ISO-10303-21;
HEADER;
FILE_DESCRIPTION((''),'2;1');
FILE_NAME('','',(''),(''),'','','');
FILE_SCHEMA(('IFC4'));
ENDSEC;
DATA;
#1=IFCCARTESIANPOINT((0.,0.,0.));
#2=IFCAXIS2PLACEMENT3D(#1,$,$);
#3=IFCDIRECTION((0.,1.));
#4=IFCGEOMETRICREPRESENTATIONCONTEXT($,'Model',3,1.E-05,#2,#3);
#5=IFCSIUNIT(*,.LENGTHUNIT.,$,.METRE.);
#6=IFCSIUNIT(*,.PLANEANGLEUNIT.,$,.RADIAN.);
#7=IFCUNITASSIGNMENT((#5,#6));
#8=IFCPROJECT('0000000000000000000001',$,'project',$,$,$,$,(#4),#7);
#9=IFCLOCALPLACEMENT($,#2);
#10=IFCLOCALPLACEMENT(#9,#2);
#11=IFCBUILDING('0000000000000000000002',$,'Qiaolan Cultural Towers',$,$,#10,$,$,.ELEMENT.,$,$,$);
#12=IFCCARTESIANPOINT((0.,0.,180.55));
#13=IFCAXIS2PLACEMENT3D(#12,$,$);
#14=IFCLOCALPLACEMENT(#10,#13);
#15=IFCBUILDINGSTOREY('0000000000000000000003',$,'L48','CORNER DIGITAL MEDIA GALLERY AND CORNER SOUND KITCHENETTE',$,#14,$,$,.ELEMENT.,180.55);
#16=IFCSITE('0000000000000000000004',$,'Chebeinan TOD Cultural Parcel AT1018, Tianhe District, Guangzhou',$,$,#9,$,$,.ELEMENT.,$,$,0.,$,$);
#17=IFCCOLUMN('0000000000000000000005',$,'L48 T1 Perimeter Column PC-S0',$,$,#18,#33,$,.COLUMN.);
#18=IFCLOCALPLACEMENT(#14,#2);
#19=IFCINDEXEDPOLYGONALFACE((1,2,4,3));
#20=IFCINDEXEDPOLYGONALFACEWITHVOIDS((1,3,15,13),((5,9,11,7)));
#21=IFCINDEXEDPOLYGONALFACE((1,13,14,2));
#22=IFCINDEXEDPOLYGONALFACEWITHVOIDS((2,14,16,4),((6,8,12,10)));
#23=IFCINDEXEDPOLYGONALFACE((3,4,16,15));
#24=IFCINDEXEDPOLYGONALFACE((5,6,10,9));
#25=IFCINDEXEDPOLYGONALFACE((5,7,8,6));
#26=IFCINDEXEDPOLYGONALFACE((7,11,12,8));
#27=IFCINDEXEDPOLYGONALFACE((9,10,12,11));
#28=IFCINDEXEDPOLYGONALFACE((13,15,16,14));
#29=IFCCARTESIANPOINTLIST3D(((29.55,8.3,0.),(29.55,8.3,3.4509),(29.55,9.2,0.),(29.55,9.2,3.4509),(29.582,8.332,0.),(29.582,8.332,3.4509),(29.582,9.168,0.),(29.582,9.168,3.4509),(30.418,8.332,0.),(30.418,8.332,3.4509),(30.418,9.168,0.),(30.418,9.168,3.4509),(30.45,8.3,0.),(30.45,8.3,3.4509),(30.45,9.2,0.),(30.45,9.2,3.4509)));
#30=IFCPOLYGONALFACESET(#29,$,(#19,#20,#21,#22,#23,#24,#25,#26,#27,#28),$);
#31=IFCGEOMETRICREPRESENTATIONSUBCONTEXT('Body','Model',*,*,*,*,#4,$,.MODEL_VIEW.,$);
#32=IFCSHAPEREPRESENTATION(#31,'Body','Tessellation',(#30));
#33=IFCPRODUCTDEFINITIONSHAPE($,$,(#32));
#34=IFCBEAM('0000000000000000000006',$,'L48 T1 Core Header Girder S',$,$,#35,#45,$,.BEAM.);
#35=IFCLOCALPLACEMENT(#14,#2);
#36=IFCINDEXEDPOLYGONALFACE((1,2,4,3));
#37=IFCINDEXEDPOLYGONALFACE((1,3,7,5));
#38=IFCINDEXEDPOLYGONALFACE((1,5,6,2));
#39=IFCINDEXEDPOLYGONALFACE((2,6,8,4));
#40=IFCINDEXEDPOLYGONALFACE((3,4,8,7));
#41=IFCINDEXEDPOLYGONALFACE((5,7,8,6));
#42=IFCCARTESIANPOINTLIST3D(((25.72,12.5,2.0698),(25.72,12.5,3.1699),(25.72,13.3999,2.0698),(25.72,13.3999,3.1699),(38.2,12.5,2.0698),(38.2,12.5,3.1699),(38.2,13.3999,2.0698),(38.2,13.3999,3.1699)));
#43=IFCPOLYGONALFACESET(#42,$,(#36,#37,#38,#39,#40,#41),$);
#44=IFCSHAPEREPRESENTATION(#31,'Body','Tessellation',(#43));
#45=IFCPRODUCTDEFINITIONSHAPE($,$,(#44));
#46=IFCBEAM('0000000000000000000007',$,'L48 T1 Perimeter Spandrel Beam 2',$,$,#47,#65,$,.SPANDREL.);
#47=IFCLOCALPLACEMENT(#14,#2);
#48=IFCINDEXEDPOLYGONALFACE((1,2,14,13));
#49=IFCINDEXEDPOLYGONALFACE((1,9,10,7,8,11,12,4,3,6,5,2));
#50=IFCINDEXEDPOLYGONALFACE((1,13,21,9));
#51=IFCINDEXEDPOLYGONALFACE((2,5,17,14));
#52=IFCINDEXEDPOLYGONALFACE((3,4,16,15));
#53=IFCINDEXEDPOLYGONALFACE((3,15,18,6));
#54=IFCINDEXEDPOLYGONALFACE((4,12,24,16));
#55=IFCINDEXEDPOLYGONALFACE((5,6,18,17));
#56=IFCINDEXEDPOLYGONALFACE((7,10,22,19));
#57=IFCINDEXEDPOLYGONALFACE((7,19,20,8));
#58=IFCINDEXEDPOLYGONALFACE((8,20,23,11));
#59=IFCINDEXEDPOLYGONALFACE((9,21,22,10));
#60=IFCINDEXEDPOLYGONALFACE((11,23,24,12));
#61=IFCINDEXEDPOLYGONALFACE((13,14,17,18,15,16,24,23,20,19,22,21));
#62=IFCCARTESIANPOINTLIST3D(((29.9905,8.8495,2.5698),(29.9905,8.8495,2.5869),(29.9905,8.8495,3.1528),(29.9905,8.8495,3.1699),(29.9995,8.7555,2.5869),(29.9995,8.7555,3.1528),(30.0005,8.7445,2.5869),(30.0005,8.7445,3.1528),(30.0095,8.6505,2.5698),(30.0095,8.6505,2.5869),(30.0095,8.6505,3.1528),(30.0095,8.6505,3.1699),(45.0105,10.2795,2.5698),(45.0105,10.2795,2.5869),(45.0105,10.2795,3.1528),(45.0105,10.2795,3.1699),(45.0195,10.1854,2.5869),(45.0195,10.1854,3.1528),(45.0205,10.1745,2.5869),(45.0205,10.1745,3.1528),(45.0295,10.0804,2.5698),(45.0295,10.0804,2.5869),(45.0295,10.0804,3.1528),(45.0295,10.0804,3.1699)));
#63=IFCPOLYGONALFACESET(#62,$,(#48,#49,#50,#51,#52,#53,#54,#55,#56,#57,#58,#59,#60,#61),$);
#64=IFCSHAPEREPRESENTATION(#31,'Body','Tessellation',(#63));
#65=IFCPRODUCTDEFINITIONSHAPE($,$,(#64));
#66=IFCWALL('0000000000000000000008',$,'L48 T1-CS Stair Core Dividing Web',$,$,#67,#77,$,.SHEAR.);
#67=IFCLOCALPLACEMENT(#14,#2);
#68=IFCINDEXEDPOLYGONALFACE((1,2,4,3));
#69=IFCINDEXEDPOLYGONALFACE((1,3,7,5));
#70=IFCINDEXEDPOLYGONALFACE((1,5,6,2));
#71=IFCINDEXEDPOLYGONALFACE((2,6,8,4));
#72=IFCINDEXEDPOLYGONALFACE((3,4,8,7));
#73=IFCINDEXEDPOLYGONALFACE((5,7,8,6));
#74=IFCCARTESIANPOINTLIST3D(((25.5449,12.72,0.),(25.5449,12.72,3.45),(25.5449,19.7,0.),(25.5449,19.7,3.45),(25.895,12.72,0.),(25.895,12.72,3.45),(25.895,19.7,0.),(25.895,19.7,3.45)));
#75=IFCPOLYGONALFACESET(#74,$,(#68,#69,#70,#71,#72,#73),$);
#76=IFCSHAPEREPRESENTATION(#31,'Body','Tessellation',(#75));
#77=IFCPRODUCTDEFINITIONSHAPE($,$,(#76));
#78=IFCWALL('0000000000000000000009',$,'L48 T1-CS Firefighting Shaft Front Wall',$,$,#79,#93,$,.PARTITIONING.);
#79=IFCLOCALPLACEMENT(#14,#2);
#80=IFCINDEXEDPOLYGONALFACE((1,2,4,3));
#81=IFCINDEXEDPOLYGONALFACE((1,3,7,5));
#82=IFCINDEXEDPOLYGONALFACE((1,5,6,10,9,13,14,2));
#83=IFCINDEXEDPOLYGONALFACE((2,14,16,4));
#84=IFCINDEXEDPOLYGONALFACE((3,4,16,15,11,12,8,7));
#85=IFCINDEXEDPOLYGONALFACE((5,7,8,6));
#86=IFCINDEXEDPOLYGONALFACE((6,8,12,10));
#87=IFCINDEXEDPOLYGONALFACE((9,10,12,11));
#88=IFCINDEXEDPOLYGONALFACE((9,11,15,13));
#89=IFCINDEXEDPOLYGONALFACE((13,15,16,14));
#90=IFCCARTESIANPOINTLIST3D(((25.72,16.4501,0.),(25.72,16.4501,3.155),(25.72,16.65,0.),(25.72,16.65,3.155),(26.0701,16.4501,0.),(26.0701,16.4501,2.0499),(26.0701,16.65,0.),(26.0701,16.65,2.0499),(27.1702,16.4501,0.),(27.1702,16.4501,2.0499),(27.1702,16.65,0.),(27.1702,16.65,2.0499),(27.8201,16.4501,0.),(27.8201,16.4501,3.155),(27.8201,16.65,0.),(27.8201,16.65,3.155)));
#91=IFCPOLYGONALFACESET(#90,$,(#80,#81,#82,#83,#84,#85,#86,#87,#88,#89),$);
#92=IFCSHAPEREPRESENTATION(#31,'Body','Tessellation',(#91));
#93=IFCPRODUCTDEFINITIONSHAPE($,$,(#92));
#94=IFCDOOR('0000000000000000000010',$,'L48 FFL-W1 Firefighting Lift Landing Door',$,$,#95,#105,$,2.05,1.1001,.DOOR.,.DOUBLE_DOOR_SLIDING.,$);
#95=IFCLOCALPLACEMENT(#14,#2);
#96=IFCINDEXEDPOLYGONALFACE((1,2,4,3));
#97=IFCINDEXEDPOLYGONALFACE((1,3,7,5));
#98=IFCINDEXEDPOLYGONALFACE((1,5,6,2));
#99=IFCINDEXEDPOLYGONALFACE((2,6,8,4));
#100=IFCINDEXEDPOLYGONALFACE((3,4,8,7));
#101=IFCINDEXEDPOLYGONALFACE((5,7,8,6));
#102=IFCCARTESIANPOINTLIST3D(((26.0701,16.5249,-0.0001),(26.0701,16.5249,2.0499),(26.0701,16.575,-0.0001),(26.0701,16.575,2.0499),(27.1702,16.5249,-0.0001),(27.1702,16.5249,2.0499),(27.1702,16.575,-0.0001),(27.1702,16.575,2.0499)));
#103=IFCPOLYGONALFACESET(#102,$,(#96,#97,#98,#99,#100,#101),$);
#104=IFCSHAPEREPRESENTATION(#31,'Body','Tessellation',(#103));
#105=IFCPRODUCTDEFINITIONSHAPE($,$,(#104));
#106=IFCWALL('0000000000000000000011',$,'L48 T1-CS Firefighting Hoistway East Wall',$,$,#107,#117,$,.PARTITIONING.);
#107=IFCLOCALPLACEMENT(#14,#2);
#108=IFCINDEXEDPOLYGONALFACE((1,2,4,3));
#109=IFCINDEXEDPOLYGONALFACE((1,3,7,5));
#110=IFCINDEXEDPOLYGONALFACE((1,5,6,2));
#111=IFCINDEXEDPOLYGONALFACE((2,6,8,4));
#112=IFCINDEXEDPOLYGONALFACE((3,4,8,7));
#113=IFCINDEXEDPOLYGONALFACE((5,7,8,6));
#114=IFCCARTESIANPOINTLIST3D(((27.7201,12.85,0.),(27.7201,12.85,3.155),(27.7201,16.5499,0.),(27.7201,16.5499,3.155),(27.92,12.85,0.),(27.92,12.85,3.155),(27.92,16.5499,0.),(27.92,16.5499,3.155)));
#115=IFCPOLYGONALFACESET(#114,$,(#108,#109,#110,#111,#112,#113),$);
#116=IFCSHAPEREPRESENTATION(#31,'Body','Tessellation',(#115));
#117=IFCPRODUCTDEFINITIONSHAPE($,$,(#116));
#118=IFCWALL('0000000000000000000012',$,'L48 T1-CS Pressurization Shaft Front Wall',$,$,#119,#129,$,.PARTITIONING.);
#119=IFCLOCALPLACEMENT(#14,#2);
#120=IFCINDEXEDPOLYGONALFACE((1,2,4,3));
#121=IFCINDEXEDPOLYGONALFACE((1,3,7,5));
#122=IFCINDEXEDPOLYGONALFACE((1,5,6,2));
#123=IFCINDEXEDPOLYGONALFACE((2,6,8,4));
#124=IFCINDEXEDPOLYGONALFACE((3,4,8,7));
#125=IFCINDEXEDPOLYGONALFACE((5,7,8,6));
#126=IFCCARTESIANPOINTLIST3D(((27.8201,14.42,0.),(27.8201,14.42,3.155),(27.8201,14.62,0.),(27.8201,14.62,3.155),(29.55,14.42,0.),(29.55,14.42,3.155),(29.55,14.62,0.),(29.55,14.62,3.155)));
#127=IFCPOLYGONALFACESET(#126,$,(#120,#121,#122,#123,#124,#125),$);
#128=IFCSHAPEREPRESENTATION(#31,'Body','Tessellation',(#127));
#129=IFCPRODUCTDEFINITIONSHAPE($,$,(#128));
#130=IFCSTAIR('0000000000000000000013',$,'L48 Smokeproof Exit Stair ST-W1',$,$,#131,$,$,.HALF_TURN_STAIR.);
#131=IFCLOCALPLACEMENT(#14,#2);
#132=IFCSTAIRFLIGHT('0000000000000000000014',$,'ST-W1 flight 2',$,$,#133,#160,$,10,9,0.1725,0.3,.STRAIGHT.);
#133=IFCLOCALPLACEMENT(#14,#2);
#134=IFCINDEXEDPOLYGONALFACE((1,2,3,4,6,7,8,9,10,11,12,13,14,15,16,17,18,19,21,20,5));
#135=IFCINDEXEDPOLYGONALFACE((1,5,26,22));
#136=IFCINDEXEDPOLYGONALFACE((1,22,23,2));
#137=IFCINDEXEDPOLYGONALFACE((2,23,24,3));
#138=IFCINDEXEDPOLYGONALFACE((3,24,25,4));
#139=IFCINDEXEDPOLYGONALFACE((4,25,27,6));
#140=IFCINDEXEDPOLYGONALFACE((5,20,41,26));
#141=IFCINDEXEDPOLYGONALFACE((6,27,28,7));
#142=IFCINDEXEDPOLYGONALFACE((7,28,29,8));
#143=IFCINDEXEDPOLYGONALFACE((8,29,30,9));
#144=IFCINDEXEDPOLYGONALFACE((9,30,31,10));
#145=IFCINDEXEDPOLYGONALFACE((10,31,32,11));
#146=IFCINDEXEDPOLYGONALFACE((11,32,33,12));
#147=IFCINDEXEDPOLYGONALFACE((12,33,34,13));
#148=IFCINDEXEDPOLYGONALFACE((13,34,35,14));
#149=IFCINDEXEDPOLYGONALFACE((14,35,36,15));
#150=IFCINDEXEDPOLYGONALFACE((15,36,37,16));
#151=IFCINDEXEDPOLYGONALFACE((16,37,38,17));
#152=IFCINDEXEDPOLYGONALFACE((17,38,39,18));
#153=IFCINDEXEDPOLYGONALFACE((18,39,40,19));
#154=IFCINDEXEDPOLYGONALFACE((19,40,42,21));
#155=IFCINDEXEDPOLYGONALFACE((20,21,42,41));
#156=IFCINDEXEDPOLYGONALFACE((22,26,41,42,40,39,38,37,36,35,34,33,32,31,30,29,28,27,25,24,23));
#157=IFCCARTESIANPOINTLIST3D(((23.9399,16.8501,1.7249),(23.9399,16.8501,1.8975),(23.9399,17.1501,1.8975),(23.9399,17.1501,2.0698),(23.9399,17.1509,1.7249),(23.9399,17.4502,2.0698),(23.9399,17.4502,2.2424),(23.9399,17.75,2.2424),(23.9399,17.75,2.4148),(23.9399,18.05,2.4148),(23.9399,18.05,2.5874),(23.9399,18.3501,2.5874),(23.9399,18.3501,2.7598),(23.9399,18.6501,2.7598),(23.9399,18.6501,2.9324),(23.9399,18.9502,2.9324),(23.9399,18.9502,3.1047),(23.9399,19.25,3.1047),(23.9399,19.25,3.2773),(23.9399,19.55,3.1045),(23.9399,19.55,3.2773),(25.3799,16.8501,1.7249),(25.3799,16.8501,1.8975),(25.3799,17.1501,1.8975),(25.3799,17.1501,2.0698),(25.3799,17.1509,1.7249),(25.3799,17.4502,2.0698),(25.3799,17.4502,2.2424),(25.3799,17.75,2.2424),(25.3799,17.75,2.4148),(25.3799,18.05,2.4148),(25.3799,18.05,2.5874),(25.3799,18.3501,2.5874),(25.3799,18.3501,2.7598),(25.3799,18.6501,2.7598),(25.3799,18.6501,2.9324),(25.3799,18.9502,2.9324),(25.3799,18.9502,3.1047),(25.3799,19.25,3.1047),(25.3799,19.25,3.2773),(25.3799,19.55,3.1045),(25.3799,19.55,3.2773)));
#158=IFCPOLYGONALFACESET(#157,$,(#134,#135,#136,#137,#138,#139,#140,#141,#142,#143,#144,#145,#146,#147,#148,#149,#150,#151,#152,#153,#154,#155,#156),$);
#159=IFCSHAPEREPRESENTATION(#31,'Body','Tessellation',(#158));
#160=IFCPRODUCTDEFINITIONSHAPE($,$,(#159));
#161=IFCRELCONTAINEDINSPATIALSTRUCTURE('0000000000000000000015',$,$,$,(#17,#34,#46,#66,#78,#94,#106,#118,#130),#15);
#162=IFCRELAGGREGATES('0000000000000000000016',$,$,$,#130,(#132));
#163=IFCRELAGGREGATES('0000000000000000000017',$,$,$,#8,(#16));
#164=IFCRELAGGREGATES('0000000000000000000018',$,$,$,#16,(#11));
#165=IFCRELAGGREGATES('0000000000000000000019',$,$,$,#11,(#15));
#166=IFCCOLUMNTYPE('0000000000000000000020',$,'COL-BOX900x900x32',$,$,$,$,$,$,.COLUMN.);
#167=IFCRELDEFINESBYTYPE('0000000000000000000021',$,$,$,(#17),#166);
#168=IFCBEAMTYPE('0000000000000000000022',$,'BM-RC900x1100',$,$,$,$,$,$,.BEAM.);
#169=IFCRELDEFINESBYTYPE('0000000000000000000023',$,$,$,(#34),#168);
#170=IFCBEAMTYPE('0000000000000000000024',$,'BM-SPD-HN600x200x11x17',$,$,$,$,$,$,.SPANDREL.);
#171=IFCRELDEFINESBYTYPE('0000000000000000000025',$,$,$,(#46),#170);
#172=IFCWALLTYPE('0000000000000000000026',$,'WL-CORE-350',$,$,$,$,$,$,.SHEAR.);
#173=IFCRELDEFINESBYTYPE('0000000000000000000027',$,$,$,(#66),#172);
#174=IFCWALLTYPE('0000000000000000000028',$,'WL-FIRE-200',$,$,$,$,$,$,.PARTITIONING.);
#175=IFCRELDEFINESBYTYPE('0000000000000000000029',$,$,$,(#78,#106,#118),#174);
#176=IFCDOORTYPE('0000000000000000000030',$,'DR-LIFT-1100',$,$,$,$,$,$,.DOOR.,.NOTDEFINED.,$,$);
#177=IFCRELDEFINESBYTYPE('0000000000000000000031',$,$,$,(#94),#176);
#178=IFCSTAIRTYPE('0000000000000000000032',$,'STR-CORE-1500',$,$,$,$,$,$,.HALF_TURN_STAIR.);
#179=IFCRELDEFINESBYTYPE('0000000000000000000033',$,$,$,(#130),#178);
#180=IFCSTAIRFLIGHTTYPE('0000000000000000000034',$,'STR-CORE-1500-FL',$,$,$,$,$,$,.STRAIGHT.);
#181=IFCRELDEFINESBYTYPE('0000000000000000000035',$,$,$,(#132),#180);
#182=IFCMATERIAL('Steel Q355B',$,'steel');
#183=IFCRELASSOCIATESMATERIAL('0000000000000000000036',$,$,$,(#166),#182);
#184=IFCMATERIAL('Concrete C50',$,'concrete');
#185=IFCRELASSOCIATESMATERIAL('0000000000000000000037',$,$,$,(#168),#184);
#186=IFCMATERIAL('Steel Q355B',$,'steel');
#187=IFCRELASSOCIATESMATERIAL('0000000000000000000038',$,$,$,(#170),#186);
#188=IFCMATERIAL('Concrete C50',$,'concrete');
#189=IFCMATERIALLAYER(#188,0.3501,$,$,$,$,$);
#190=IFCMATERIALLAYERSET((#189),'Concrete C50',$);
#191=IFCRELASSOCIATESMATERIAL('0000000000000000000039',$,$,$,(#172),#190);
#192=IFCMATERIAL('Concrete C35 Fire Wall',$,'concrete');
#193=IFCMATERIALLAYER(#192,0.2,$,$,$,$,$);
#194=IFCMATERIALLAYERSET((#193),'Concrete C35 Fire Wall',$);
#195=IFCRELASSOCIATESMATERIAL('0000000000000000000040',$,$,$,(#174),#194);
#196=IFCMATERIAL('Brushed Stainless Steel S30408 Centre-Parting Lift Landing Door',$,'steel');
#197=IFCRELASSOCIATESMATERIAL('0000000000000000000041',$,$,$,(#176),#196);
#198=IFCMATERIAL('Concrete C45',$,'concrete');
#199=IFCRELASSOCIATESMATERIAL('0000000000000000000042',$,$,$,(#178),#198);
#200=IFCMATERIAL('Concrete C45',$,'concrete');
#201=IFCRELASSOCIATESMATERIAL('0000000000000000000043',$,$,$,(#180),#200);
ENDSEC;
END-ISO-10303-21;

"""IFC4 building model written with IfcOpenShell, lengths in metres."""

from ifc_helpers import new_model, si_unit, direction, frame, frame_2d, origin, origin_2d, place, context, subcontext, project, spatial, polyline, rectangle, hollow_rectangle, i_section, outline, extrude, material, layer, layer_set, material_profile, profile_set, type_object, element, fill, aggregate, save


model = new_model("IFC4")

# Units and contexts
model_context = context("Model", 3, precision=1e-05, world=origin(), true_north=direction((0.0, 1.0)))
body_context = subcontext(model_context, "Body", "Model", "MODEL_VIEW")
ifc_project = project(units=[si_unit("LENGTHUNIT", "METRE"), si_unit("PLANEANGLEUNIT", "RADIAN")], contexts=[model_context])

# Site, building, storey
site_placement = place(None, origin())
site = spatial("IfcSite", under=ifc_project, at=site_placement, Name="Chebeinan TOD Cultural Parcel AT1018, Tianhe District, Guangzhou", CompositionType="ELEMENT", RefElevation=0.0)
building_placement = place(site_placement, origin())
building = spatial("IfcBuilding", under=site, at=building_placement, Name="Qiaolan Cultural Towers", CompositionType="ELEMENT")
storey_placement = place(building_placement, frame((0.0, 0.0, 180.55)))
storey = spatial("IfcBuildingStorey", under=building, at=storey_placement, Name="L48", Description="CORNER DIGITAL MEDIA GALLERY AND CORNER SOUND KITCHENETTE", CompositionType="ELEMENT", Elevation=180.55)

# Column
ifc_material_1 = material(Name="Steel Q355B", Category="steel")
ifc_material_profile_1 = material_profile(ifc_material_1, hollow_rectangle(XDim=0.8999, YDim=0.8999, WallThickness=0.032, at=origin_2d()), Name="BOX900x900x32")
ifc_profile_set_1 = profile_set([ifc_material_profile_1], Name="Steel Q355B")
column_type = type_object("IfcColumnType", Name="COL-BOX900x900x32", PredefinedType="COLUMN", material=ifc_profile_set_1)
column_placement = place(storey_placement, frame((30.0, 8.75, 0.0), z_axis=(0.0, 0.0, 1.0), x_axis=(1.0, 0.0, 0.0)))
element("IfcColumn", 1, at=column_placement, inside=storey, type_object=column_type, Name="L48 T1 Perimeter Column PC-S0", PredefinedType="COLUMN", context=body_context, shape_type="SweptSolid", body=[
    extrude(hollow_rectangle(XDim=0.8999, YDim=0.8999, WallThickness=0.032, at=origin_2d()), origin(), (0.0, 0.0, 1.0), 3.4509),
])

# Beams
ifc_material_2 = material(Name="Concrete C50", Category="concrete")
ifc_material_profile_2 = material_profile(ifc_material_2, rectangle(XDim=0.8999, YDim=1.1001, at=origin_2d()), Name="RC900x1100")
ifc_profile_set_2 = profile_set([ifc_material_profile_2], Name="Concrete C50")
beam_type_1 = type_object("IfcBeamType", Name="BM-RC900x1100", PredefinedType="BEAM", material=ifc_profile_set_2)
beam_1_placement = place(storey_placement, frame((25.72, 12.95, 2.6199), z_axis=(1.0, 0.0, 0.0), x_axis=(0.0, 1.0, 0.0)))
element("IfcBeam", 2, at=beam_1_placement, inside=storey, type_object=beam_type_1, Name="L48 T1 Core Header Girder S", PredefinedType="BEAM", context=body_context, shape_type="SweptSolid", body=[
    extrude(rectangle(XDim=0.8999, YDim=1.1001, at=origin_2d()), origin(), (0.0, 0.0, 1.0), 12.48),
])
ifc_material_3 = material(Name="Steel Q355B", Category="steel")
ifc_material_profile_3 = material_profile(ifc_material_3, i_section(OverallWidth=0.2, OverallDepth=0.6001, WebThickness=0.011, FlangeThickness=0.0171, at=origin_2d()), Name="HN600x200x11x17")
ifc_profile_set_3 = profile_set([ifc_material_profile_3], Name="Steel Q355B")
beam_type_2 = type_object("IfcBeamType", Name="BM-SPD-HN600x200x11x17", PredefinedType="SPANDREL", material=ifc_profile_set_3)
beam_2_placement = place(storey_placement, frame((30.0, 8.75, 2.8699), z_axis=(0.995499, 0.094773, 0.0), x_axis=(-0.094773, 0.995499, 0.0)))
element("IfcBeam", 3, at=beam_2_placement, inside=storey, type_object=beam_type_2, Name="L48 T1 Perimeter Spandrel Beam 2", PredefinedType="SPANDREL", context=body_context, shape_type="SweptSolid", body=[
    extrude(i_section(OverallWidth=0.2, OverallDepth=0.6001, WebThickness=0.011, FlangeThickness=0.0171, at=origin_2d()), origin(), (0.0, 0.0, 1.0), 15.0879),
])

# Wall
ifc_material_4 = material(Name="Concrete C50", Category="concrete")
ifc_layer_1 = layer(ifc_material_4, 0.3501)
ifc_layer_set_1 = layer_set([ifc_layer_1], Name="Concrete C50")
wall_type_1 = type_object("IfcWallType", Name="WL-CORE-350", PredefinedType="SHEAR", material=ifc_layer_set_1)
wall_1_placement = place(storey_placement, frame((25.72, 19.7, 0.0), z_axis=(0.0, 0.0, 1.0), x_axis=(0.0, -1.0, 0.0)))
element("IfcWall", 4, at=wall_1_placement, inside=storey, type_object=wall_type_1, Name="L48 T1-CS Stair Core Dividing Web", PredefinedType="SHEAR", context=body_context, shape_type="SweptSolid", body=[
    extrude(rectangle(XDim=6.98, YDim=0.3501, at=frame_2d((3.49, 0.0))), origin(), (0.0, 0.0, 1.0), 3.45),
])

# Wall, opening, door
ifc_material_5 = material(Name="Concrete C35 Fire Wall", Category="concrete")
ifc_layer_2 = layer(ifc_material_5, 0.2)
ifc_layer_set_2 = layer_set([ifc_layer_2], Name="Concrete C35 Fire Wall")
wall_type_2 = type_object("IfcWallType", Name="WL-FIRE-200", PredefinedType="PARTITIONING", material=ifc_layer_set_2)
wall_2_placement = place(storey_placement, frame((25.72, 16.55, 0.0), z_axis=(0.0, 0.0, 1.0), x_axis=(1.0, 0.0, 0.0)))
wall_2 = element("IfcWall", 5, at=wall_2_placement, inside=storey, type_object=wall_type_2, Name="L48 T1-CS Firefighting Shaft Front Wall", PredefinedType="PARTITIONING", context=body_context, shape_type="SweptSolid", body=[
    extrude(rectangle(XDim=2.1001, YDim=0.2, at=frame_2d((1.05, 0.0))), origin(), (0.0, 0.0, 1.0), 3.155),
])
opening_placement = place(wall_2_placement, frame((0.3501, 0.0, 0.0)))
opening = element("IfcOpeningElement", 6, at=opening_placement, cuts=wall_2, PredefinedType="OPENING", context=body_context, shape_type="SweptSolid", body=[
    extrude(rectangle(XDim=1.1001, YDim=2.05, at=frame_2d((0.55, 1.0249))), frame((0.0, 0.1099, 0.0), z_axis=(0.0, -1.0, 0.0), x_axis=(1.0, 0.0, 0.0)), (0.0, 0.0, 1.0), 0.22),
])
ifc_material_6 = material(Name="Brushed Stainless Steel S30408 Centre-Parting Lift Landing Door", Category="steel")
door_type = type_object("IfcDoorType", Name="DR-LIFT-1100", OperationType="NOTDEFINED", PredefinedType="DOOR", material=ifc_material_6)
door_placement = place(opening_placement, origin())
door = element("IfcDoor", 7, at=door_placement, inside=storey, type_object=door_type, Name="L48 FFL-W1 Firefighting Lift Landing Door", OperationType="DOUBLE_DOOR_SLIDING", OverallHeight=2.05, OverallWidth=1.1001, PredefinedType="DOOR", context=body_context, shape_type="SweptSolid", body=[
    extrude(rectangle(XDim=1.1001, YDim=2.05, at=frame_2d((0.55, 1.0249))), frame((0.0, 0.0249, 0.0), z_axis=(0.0, -1.0, 0.0), x_axis=(1.0, 0.0, 0.0)), (0.0, 0.0, 1.0), 0.05),
])
fill(opening, door)

# Walls
wall_3_placement = place(storey_placement, frame((27.8201, 16.55, 0.0), z_axis=(0.0, 0.0, 1.0), x_axis=(0.0, -1.0, 0.0)))
element("IfcWall", 8, at=wall_3_placement, inside=storey, type_object=wall_type_2, Name="L48 T1-CS Firefighting Hoistway East Wall", PredefinedType="PARTITIONING", context=body_context, shape_type="SweptSolid", body=[
    extrude(rectangle(XDim=3.7, YDim=0.2, at=frame_2d((1.8501, 0.0))), origin(), (0.0, 0.0, 1.0), 3.155),
])
wall_4_placement = place(storey_placement, frame((27.8201, 14.52, 0.0), z_axis=(0.0, 0.0, 1.0), x_axis=(1.0, 0.0, 0.0)))
element("IfcWall", 9, at=wall_4_placement, inside=storey, type_object=wall_type_2, Name="L48 T1-CS Pressurization Shaft Front Wall", PredefinedType="PARTITIONING", context=body_context, shape_type="SweptSolid", body=[
    extrude(rectangle(XDim=1.73, YDim=0.2, at=frame_2d((0.865, 0.0))), origin(), (0.0, 0.0, 1.0), 3.155),
])

# Stair, stair flight
ifc_material_7 = material(Name="Concrete C45", Category="concrete")
stair_type = type_object("IfcStairType", Name="STR-CORE-1500", PredefinedType="HALF_TURN_STAIR", material=ifc_material_7)
stair_placement = place(storey_placement, origin())
stair = element("IfcStair", 10, at=stair_placement, inside=storey, type_object=stair_type, Name="L48 Smokeproof Exit Stair ST-W1", PredefinedType="HALF_TURN_STAIR")
ifc_material_8 = material(Name="Concrete C45", Category="concrete")
stair_flight_type = type_object("IfcStairFlightType", Name="STR-CORE-1500-FL", PredefinedType="STRAIGHT", material=ifc_material_8)
stair_flight_placement = place(storey_placement, frame((24.6599, 16.8501, 1.7249), z_axis=(0.0, 0.0, 1.0), x_axis=(0.0, 1.0, 0.0)))
stair_flight = element("IfcStairFlight", 11, at=stair_flight_placement, type_object=stair_flight_type, Name="ST-W1 flight 2", NumberOfRisers=10, NumberOfTreads=9, PredefinedType="STRAIGHT", RiserHeight=0.1725, TreadLength=0.3, context=body_context, shape_type="SweptSolid", body=[
    extrude(outline(polyline([(0.0, 0.0), (0.0, 0.1726), (0.3, 0.1726), (0.3, 0.345), (0.6001, 0.345), (0.6001, 0.5176), (0.8999, 0.5176), (0.8999, 0.6899), (1.2, 0.6899), (1.2, 0.8625), (1.5, 0.8625), (1.5, 1.0349), (1.8, 1.0349), (1.8, 1.2075), (2.1001, 1.2075), (2.1001, 1.3799), (2.3999, 1.3799), (2.3999, 1.5525), (2.7, 1.5525), (2.7, 1.7251), (2.7, 1.3796), (0.3008, 0.0), (0.0, 0.0)])), frame((0.0, 0.72, 0.0), z_axis=(0.0, -1.0, 0.0), x_axis=(1.0, 0.0, 0.0)), (0.0, 0.0, 1.0), 1.4399),
])
aggregate(stair, [stair_flight])

save(model, "model.ifc")
